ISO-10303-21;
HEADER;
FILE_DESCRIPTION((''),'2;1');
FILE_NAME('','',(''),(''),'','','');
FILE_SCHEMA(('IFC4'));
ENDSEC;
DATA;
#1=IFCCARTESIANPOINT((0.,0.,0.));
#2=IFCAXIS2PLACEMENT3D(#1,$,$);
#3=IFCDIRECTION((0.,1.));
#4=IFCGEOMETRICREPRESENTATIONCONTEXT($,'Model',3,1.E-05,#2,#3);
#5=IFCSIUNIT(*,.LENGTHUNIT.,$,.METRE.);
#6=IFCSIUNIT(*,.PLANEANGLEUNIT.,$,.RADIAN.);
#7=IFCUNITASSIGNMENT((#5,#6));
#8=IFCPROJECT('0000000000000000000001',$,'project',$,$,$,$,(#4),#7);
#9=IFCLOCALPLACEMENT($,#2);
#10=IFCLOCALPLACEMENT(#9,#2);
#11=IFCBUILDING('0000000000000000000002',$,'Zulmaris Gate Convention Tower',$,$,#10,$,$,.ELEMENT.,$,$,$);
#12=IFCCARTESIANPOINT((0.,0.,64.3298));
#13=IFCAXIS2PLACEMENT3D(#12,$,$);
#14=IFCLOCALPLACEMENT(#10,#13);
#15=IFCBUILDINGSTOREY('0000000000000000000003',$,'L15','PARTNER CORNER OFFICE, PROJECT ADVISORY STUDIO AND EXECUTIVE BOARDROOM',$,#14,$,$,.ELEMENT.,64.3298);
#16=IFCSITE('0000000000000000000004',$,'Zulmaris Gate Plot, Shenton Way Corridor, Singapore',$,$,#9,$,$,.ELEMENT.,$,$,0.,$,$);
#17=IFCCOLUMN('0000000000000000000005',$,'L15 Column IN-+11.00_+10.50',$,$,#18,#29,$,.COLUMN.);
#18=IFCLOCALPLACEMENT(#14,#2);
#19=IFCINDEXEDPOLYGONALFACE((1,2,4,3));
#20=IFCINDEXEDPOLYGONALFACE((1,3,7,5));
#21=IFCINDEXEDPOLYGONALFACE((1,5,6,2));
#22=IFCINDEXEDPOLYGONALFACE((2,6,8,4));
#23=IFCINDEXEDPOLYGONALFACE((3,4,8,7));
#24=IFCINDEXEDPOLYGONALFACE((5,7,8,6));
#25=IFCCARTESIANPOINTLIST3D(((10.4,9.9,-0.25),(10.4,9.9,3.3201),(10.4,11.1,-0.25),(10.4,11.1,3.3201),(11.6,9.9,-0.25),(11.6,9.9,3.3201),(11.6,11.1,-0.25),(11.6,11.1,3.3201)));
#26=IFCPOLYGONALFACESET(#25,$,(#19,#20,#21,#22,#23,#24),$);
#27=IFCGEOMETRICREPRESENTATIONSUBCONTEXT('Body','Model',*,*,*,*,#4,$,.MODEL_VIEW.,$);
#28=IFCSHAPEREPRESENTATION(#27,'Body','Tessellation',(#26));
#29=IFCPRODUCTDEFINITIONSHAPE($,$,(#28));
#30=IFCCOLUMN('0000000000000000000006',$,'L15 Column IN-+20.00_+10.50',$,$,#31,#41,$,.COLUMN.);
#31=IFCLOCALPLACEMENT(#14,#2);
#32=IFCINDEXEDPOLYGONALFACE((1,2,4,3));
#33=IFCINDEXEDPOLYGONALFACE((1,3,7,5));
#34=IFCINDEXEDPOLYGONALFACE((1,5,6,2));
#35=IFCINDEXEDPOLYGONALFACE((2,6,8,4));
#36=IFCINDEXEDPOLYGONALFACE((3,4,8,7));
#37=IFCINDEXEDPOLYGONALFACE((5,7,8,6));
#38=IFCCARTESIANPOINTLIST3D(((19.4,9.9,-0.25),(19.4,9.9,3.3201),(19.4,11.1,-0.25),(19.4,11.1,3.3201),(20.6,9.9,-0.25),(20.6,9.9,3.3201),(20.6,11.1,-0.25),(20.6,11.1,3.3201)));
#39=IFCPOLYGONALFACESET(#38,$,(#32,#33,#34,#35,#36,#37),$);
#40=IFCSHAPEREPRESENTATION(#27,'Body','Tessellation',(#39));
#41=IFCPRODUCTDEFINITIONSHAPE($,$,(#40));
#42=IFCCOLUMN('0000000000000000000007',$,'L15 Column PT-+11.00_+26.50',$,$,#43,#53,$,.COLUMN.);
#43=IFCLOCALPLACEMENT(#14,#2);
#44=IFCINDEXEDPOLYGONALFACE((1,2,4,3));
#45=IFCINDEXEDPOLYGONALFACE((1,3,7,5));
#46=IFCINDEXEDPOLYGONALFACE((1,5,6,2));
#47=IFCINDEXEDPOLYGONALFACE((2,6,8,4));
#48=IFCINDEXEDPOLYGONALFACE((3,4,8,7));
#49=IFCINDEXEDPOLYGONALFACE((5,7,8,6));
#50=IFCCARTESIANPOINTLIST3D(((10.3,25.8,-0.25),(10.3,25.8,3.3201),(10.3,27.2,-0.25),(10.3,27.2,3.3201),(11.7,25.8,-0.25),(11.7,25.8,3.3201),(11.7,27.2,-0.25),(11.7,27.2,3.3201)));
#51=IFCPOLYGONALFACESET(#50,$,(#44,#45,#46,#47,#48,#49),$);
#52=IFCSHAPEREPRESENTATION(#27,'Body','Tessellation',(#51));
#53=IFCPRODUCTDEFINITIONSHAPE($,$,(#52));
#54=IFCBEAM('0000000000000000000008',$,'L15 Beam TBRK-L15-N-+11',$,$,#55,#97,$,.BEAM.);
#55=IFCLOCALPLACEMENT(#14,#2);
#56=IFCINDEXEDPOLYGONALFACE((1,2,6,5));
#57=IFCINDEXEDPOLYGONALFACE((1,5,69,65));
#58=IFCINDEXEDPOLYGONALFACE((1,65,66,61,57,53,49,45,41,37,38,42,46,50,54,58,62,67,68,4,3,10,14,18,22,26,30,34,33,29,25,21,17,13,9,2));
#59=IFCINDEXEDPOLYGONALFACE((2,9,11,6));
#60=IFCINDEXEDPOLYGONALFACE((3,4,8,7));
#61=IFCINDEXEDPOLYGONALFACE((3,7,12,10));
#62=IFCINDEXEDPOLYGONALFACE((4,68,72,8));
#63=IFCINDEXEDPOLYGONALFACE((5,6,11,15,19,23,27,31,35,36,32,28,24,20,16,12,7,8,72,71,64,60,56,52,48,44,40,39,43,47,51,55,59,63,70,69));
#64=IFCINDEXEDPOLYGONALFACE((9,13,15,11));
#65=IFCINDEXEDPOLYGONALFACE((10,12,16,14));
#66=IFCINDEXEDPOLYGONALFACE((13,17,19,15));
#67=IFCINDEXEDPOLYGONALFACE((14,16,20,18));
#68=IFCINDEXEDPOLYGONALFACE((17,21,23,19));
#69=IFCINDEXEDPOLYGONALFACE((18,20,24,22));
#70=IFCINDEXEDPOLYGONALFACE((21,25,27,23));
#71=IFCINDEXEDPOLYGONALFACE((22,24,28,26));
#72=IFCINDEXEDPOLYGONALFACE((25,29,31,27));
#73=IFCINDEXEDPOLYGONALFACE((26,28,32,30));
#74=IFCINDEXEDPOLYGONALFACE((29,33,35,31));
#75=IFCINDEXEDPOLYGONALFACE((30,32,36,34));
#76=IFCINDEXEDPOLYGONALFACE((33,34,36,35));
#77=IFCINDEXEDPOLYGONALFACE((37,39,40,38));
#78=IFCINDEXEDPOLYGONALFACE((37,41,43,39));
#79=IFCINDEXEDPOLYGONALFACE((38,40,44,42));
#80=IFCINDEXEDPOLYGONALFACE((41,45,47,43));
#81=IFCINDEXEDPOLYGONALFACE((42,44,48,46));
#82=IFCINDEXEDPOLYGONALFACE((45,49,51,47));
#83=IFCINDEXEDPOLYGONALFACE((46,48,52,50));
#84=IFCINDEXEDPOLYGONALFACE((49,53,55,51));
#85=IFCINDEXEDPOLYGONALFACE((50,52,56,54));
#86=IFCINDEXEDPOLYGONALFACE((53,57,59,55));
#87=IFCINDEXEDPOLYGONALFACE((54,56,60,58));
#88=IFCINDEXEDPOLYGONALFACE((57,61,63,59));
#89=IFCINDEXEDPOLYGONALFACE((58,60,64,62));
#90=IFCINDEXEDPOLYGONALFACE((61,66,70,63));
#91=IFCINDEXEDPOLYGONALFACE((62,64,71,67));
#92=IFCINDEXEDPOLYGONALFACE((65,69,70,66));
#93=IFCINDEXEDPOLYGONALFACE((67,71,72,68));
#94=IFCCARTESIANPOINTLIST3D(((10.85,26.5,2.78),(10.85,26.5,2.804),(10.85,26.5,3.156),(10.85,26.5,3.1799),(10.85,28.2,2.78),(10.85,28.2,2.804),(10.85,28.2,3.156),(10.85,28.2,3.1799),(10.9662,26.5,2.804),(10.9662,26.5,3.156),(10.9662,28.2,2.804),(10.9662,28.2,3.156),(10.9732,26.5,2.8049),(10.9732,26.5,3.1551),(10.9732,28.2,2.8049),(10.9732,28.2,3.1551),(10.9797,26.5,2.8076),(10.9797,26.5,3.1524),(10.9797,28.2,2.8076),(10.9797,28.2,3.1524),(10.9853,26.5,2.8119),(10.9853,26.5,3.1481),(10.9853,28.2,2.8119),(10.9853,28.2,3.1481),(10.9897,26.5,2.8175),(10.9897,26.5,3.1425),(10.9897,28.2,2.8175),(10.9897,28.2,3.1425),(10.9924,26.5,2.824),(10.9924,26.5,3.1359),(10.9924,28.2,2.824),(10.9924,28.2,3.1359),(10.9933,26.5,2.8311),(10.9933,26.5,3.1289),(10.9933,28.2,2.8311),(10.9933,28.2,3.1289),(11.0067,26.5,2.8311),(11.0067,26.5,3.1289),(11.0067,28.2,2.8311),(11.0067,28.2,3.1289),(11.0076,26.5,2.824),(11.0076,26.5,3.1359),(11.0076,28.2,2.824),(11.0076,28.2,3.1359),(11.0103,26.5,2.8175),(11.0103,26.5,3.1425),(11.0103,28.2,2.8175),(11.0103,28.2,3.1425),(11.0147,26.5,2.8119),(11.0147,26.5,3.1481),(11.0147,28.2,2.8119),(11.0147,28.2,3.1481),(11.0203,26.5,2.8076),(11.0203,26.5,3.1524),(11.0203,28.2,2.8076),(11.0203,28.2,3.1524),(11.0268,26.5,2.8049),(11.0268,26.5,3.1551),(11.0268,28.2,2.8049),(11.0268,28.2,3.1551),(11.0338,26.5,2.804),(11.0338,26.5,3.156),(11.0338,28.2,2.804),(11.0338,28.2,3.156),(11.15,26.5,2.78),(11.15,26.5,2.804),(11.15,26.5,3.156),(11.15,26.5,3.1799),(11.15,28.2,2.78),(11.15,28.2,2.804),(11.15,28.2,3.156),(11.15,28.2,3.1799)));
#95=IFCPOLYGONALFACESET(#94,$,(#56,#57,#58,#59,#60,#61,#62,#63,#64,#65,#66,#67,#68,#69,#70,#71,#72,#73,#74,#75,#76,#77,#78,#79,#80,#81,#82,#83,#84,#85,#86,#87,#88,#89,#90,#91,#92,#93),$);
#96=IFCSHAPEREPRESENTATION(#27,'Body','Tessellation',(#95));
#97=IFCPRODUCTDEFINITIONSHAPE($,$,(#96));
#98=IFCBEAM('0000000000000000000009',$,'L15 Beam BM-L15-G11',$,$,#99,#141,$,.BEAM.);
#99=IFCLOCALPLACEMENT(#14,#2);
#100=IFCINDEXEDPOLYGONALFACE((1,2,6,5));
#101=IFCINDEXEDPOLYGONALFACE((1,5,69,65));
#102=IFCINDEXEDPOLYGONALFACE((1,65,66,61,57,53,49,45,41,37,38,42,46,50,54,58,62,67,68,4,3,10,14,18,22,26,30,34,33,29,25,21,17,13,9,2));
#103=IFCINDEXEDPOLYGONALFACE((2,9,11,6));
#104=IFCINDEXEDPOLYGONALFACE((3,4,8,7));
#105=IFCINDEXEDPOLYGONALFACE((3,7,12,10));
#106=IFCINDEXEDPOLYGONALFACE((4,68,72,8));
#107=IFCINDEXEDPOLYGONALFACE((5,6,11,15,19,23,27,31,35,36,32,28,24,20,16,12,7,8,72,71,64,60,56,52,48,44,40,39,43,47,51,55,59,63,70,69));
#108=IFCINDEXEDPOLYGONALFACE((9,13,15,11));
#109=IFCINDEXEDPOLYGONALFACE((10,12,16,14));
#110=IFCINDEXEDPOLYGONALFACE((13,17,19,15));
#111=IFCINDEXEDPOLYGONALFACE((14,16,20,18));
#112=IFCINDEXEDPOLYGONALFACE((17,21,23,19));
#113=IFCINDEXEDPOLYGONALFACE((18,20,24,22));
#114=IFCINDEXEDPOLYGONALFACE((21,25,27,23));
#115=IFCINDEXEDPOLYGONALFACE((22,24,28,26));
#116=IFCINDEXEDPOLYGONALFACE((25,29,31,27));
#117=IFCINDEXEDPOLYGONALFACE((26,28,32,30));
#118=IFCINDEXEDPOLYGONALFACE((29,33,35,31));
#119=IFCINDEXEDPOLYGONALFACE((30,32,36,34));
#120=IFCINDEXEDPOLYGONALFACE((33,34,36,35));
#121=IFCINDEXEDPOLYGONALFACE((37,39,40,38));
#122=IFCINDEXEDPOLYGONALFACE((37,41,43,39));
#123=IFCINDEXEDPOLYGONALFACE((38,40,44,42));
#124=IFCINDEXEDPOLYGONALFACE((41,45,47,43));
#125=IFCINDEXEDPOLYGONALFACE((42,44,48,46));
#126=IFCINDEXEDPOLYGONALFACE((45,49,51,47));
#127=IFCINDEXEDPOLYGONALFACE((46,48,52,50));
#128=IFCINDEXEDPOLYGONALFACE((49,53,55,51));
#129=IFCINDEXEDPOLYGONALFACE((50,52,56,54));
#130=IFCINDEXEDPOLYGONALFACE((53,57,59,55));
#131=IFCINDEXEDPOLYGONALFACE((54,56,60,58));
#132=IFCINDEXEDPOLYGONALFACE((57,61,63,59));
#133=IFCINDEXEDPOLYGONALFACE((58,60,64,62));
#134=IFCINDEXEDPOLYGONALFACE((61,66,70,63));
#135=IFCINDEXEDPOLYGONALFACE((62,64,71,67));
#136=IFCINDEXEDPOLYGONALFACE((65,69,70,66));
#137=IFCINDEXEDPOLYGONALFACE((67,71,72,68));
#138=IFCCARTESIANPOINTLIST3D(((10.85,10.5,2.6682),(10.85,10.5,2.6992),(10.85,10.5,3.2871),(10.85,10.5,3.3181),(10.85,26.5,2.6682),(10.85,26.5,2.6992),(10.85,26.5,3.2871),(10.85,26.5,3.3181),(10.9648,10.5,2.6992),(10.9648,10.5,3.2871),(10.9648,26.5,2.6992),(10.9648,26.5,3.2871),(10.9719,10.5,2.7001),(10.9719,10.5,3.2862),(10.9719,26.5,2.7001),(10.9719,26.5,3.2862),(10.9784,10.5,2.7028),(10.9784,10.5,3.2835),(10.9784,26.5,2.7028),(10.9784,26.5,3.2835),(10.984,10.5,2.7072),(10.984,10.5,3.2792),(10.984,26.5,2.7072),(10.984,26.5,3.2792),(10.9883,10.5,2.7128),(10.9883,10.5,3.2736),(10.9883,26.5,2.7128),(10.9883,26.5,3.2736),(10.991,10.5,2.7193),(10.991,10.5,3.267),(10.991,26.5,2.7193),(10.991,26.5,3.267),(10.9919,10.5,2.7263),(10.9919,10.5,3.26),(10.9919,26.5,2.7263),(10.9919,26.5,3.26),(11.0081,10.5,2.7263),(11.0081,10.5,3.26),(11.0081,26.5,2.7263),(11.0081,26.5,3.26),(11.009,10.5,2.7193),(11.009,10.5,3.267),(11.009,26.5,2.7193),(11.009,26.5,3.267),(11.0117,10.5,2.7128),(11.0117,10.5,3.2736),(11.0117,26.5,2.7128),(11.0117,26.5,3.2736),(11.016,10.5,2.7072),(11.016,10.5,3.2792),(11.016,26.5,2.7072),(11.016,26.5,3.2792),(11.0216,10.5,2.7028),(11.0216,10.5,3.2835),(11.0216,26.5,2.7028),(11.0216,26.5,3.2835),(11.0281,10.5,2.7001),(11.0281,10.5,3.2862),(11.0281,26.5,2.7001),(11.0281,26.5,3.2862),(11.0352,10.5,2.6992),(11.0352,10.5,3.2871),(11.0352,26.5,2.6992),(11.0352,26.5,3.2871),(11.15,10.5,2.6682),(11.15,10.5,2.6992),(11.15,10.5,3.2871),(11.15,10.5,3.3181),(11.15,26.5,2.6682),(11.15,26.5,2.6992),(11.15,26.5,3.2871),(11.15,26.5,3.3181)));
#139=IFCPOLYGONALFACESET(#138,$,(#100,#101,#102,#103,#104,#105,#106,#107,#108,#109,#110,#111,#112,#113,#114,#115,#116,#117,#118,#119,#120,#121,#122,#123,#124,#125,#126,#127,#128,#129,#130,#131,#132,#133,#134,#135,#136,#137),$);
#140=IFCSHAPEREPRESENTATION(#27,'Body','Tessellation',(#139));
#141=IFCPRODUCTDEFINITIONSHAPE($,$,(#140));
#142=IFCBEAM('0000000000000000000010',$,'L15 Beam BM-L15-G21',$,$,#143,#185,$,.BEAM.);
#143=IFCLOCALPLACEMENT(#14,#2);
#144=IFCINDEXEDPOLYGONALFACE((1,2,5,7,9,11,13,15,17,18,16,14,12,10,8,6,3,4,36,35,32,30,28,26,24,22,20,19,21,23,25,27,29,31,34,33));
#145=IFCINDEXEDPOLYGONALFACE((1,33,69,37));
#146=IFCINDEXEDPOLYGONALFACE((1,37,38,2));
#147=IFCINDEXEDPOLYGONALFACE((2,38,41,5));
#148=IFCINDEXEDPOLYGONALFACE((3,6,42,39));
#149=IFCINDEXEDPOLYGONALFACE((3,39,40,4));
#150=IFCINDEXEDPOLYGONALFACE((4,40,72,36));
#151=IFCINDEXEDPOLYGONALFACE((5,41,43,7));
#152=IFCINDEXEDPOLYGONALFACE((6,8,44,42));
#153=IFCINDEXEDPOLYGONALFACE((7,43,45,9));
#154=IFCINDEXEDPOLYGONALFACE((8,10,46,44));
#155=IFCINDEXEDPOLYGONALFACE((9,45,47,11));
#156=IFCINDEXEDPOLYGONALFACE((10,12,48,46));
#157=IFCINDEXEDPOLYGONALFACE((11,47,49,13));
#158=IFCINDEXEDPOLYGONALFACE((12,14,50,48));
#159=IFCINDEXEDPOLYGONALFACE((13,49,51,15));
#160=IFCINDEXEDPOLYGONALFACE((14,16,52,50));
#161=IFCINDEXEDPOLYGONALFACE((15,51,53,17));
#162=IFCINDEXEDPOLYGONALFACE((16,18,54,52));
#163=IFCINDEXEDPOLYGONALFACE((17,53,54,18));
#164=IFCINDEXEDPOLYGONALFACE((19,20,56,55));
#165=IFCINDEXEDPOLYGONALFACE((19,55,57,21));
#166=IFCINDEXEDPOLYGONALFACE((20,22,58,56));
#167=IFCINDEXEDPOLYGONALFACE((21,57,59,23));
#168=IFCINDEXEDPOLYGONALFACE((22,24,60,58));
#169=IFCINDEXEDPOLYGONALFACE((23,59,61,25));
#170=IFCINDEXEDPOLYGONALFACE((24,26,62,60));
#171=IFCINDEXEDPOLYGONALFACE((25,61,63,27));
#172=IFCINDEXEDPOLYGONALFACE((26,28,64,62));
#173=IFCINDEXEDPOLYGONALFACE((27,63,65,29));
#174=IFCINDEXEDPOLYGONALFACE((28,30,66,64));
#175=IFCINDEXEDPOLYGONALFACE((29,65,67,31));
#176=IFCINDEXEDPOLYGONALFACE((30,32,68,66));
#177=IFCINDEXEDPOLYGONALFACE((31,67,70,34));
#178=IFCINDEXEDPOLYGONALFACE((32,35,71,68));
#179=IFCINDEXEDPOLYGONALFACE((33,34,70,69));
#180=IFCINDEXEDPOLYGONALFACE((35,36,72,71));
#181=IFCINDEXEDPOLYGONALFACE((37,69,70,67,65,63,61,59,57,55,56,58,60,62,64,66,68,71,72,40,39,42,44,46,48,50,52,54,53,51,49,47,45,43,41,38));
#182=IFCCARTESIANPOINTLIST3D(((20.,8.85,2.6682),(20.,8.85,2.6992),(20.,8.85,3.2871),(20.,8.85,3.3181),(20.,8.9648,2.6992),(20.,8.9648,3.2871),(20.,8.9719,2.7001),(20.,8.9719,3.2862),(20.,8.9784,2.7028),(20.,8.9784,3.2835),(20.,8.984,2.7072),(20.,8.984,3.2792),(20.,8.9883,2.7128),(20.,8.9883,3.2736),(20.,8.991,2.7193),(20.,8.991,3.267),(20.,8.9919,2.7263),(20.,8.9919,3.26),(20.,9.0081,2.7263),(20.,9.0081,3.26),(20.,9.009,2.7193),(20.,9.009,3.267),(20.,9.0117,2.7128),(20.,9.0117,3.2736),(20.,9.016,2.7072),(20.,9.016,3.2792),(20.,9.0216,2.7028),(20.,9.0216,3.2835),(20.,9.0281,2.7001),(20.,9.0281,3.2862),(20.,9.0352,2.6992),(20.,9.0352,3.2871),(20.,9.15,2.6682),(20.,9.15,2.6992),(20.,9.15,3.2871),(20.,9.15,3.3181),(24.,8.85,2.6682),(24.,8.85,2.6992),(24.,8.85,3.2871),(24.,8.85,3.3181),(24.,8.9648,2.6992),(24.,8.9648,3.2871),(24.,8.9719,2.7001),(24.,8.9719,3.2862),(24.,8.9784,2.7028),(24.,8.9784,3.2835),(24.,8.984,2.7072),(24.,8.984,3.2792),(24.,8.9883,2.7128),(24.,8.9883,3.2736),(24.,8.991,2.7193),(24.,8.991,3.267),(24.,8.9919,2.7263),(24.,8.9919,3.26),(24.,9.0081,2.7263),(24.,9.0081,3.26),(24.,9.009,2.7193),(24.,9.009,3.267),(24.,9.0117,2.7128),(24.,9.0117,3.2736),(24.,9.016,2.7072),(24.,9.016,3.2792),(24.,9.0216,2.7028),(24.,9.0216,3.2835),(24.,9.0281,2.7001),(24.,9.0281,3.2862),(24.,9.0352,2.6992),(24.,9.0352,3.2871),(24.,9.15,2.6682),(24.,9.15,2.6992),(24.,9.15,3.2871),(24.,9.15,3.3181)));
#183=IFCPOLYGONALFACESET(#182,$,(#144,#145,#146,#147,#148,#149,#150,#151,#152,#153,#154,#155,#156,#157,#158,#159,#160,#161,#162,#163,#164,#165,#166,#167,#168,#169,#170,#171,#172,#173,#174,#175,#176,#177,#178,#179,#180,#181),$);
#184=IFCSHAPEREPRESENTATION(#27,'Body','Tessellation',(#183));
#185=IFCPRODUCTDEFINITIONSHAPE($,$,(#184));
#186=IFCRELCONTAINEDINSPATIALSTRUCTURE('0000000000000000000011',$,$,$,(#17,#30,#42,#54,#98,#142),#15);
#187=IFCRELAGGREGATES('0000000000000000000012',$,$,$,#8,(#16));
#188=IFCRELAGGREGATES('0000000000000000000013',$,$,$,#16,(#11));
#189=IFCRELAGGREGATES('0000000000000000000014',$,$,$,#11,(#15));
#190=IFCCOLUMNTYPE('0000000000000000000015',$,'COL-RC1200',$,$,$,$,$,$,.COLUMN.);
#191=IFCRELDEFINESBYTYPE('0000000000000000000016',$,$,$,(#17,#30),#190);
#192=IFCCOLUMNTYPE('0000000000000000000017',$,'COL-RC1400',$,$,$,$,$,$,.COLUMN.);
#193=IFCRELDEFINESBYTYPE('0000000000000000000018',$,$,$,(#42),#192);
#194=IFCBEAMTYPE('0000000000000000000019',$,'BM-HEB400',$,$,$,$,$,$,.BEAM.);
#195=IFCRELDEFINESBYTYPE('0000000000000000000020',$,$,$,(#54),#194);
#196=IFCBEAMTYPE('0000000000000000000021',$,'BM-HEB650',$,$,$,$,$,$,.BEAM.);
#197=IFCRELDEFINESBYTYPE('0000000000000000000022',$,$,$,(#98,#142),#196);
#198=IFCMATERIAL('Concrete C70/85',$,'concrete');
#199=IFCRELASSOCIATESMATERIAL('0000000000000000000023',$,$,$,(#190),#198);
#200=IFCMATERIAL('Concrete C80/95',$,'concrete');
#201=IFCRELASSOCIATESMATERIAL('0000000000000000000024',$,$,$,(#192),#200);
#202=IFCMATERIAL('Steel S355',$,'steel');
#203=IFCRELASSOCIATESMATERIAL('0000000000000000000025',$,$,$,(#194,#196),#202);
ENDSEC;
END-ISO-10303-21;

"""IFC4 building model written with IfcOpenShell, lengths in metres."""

from ifc_helpers import new_model, si_unit, direction, frame, origin, origin_2d, place, context, subcontext, project, spatial, rectangle, i_section, extrude, material, material_profile, profile_set, type_object, element, save


model = new_model("IFC4")

# Units and contexts
model_context = context("Model", 3, precision=1e-05, world=origin(), true_north=direction((0.0, 1.0)))
body_context = subcontext(model_context, "Body", "Model", "MODEL_VIEW")
ifc_project = project(units=[si_unit("LENGTHUNIT", "METRE"), si_unit("PLANEANGLEUNIT", "RADIAN")], contexts=[model_context])

# Site, building, storey
site_placement = place(None, origin())
site = spatial("IfcSite", under=ifc_project, at=site_placement, Name="Zulmaris Gate Plot, Shenton Way Corridor, Singapore", CompositionType="ELEMENT", RefElevation=0.0)
building_placement = place(site_placement, origin())
building = spatial("IfcBuilding", under=site, at=building_placement, Name="Zulmaris Gate Convention Tower", CompositionType="ELEMENT")
storey_placement = place(building_placement, frame((0.0, 0.0, 64.3298)))
storey = spatial("IfcBuildingStorey", under=building, at=storey_placement, Name="L15", Description="PARTNER CORNER OFFICE, PROJECT ADVISORY STUDIO AND EXECUTIVE BOARDROOM", CompositionType="ELEMENT", Elevation=64.3298)

# Columns
ifc_material_1 = material(Name="Concrete C70/85", Category="concrete")
ifc_material_profile_1 = material_profile(ifc_material_1, rectangle(XDim=1.2, YDim=1.2, at=origin_2d()), Name="RC COL 1200x1200")
ifc_profile_set_1 = profile_set([ifc_material_profile_1], Name="Concrete C70/85")
column_type_1 = type_object("IfcColumnType", Name="COL-RC1200", PredefinedType="COLUMN", material=ifc_profile_set_1)
for number, where, z_axis, x_axis, name in (
    (1, (11.0, 10.5, -0.25), (0.0, 0.0, 1.0), (1.0, 0.0, 0.0), "L15 Column IN-+11.00_+10.50"),
    (2, (20.0, 10.5, -0.25), (0.0, 0.0, 1.0), (1.0, 0.0, 0.0), "L15 Column IN-+20.00_+10.50"),
):
    element("IfcColumn", number, at=place(storey_placement, frame(where, z_axis=z_axis, x_axis=x_axis)), inside=storey, type_object=column_type_1, Name=name, PredefinedType="COLUMN", context=body_context, shape_type="SweptSolid", body=[
        extrude(rectangle(XDim=1.2, YDim=1.2, at=origin_2d()), origin(), (0.0, 0.0, 1.0), 3.5701),
    ])
ifc_material_2 = material(Name="Concrete C80/95", Category="concrete")
ifc_material_profile_2 = material_profile(ifc_material_2, rectangle(XDim=1.3999, YDim=1.3999, at=origin_2d()), Name="RC COL 1400x1400")
ifc_profile_set_2 = profile_set([ifc_material_profile_2], Name="Concrete C80/95")
column_type_2 = type_object("IfcColumnType", Name="COL-RC1400", PredefinedType="COLUMN", material=ifc_profile_set_2)
column_placement = place(storey_placement, frame((11.0, 26.5, -0.25), z_axis=(0.0, 0.0, 1.0), x_axis=(1.0, 0.0, 0.0)))
element("IfcColumn", 3, at=column_placement, inside=storey, type_object=column_type_2, Name="L15 Column PT-+11.00_+26.50", PredefinedType="COLUMN", context=body_context, shape_type="SweptSolid", body=[
    extrude(rectangle(XDim=1.3999, YDim=1.3999, at=origin_2d()), origin(), (0.0, 0.0, 1.0), 3.5701),
])

# Beams
ifc_material_3 = material(Name="Steel S355", Category="steel")
ifc_material_profile_3 = material_profile(ifc_material_3, i_section(OverallWidth=0.3, OverallDepth=0.3999, WebThickness=0.0134, FlangeThickness=0.0239, FilletRadius=0.0271, at=origin_2d()), Name="HEB 400")
ifc_profile_set_3 = profile_set([ifc_material_profile_3], Name="Steel S355")
beam_type_1 = type_object("IfcBeamType", Name="BM-HEB400", PredefinedType="BEAM", material=ifc_profile_set_3)
beam_1_placement = place(storey_placement, frame((11.0, 26.5, 2.98), z_axis=(0.0, 1.0, 0.0), x_axis=(-1.0, 0.0, 0.0)))
element("IfcBeam", 4, at=beam_1_placement, inside=storey, type_object=beam_type_1, Name="L15 Beam TBRK-L15-N-+11", PredefinedType="BEAM", context=body_context, shape_type="SweptSolid", body=[
    extrude(i_section(OverallWidth=0.3, OverallDepth=0.3999, WebThickness=0.0134, FlangeThickness=0.0239, FilletRadius=0.0271, at=origin_2d()), origin(), (0.0, 0.0, 1.0), 1.7),
])
ifc_material_profile_4 = material_profile(ifc_material_3, i_section(OverallWidth=0.3, OverallDepth=0.6499, WebThickness=0.0161, FlangeThickness=0.031, FilletRadius=0.0271, at=origin_2d()), Name="HEB 650")
ifc_profile_set_4 = profile_set([ifc_material_profile_4], Name="Steel S355")
beam_type_2 = type_object("IfcBeamType", Name="BM-HEB650", PredefinedType="BEAM", material=ifc_profile_set_4)
beam_2_placement = place(storey_placement, frame((11.0, 10.5, 2.9932), z_axis=(0.0, 1.0, 0.0), x_axis=(-1.0, 0.0, 0.0)))
element("IfcBeam", 5, at=beam_2_placement, inside=storey, type_object=beam_type_2, Name="L15 Beam BM-L15-G11", PredefinedType="BEAM", context=body_context, shape_type="SweptSolid", body=[
    extrude(i_section(OverallWidth=0.3, OverallDepth=0.6499, WebThickness=0.0161, FlangeThickness=0.031, FilletRadius=0.0271, at=origin_2d()), origin(), (0.0, 0.0, 1.0), 16.0),
])
beam_3_placement = place(storey_placement, frame((20.0, 9.0, 2.9932), z_axis=(1.0, 0.0, 0.0), x_axis=(0.0, 1.0, 0.0)))
element("IfcBeam", 6, at=beam_3_placement, inside=storey, type_object=beam_type_2, Name="L15 Beam BM-L15-G21", PredefinedType="BEAM", context=body_context, shape_type="SweptSolid", body=[
    extrude(i_section(OverallWidth=0.3, OverallDepth=0.6499, WebThickness=0.0161, FlangeThickness=0.031, FilletRadius=0.0271, at=origin_2d()), origin(), (0.0, 0.0, 1.0), 4.0),
])

save(model, "model.ifc")
